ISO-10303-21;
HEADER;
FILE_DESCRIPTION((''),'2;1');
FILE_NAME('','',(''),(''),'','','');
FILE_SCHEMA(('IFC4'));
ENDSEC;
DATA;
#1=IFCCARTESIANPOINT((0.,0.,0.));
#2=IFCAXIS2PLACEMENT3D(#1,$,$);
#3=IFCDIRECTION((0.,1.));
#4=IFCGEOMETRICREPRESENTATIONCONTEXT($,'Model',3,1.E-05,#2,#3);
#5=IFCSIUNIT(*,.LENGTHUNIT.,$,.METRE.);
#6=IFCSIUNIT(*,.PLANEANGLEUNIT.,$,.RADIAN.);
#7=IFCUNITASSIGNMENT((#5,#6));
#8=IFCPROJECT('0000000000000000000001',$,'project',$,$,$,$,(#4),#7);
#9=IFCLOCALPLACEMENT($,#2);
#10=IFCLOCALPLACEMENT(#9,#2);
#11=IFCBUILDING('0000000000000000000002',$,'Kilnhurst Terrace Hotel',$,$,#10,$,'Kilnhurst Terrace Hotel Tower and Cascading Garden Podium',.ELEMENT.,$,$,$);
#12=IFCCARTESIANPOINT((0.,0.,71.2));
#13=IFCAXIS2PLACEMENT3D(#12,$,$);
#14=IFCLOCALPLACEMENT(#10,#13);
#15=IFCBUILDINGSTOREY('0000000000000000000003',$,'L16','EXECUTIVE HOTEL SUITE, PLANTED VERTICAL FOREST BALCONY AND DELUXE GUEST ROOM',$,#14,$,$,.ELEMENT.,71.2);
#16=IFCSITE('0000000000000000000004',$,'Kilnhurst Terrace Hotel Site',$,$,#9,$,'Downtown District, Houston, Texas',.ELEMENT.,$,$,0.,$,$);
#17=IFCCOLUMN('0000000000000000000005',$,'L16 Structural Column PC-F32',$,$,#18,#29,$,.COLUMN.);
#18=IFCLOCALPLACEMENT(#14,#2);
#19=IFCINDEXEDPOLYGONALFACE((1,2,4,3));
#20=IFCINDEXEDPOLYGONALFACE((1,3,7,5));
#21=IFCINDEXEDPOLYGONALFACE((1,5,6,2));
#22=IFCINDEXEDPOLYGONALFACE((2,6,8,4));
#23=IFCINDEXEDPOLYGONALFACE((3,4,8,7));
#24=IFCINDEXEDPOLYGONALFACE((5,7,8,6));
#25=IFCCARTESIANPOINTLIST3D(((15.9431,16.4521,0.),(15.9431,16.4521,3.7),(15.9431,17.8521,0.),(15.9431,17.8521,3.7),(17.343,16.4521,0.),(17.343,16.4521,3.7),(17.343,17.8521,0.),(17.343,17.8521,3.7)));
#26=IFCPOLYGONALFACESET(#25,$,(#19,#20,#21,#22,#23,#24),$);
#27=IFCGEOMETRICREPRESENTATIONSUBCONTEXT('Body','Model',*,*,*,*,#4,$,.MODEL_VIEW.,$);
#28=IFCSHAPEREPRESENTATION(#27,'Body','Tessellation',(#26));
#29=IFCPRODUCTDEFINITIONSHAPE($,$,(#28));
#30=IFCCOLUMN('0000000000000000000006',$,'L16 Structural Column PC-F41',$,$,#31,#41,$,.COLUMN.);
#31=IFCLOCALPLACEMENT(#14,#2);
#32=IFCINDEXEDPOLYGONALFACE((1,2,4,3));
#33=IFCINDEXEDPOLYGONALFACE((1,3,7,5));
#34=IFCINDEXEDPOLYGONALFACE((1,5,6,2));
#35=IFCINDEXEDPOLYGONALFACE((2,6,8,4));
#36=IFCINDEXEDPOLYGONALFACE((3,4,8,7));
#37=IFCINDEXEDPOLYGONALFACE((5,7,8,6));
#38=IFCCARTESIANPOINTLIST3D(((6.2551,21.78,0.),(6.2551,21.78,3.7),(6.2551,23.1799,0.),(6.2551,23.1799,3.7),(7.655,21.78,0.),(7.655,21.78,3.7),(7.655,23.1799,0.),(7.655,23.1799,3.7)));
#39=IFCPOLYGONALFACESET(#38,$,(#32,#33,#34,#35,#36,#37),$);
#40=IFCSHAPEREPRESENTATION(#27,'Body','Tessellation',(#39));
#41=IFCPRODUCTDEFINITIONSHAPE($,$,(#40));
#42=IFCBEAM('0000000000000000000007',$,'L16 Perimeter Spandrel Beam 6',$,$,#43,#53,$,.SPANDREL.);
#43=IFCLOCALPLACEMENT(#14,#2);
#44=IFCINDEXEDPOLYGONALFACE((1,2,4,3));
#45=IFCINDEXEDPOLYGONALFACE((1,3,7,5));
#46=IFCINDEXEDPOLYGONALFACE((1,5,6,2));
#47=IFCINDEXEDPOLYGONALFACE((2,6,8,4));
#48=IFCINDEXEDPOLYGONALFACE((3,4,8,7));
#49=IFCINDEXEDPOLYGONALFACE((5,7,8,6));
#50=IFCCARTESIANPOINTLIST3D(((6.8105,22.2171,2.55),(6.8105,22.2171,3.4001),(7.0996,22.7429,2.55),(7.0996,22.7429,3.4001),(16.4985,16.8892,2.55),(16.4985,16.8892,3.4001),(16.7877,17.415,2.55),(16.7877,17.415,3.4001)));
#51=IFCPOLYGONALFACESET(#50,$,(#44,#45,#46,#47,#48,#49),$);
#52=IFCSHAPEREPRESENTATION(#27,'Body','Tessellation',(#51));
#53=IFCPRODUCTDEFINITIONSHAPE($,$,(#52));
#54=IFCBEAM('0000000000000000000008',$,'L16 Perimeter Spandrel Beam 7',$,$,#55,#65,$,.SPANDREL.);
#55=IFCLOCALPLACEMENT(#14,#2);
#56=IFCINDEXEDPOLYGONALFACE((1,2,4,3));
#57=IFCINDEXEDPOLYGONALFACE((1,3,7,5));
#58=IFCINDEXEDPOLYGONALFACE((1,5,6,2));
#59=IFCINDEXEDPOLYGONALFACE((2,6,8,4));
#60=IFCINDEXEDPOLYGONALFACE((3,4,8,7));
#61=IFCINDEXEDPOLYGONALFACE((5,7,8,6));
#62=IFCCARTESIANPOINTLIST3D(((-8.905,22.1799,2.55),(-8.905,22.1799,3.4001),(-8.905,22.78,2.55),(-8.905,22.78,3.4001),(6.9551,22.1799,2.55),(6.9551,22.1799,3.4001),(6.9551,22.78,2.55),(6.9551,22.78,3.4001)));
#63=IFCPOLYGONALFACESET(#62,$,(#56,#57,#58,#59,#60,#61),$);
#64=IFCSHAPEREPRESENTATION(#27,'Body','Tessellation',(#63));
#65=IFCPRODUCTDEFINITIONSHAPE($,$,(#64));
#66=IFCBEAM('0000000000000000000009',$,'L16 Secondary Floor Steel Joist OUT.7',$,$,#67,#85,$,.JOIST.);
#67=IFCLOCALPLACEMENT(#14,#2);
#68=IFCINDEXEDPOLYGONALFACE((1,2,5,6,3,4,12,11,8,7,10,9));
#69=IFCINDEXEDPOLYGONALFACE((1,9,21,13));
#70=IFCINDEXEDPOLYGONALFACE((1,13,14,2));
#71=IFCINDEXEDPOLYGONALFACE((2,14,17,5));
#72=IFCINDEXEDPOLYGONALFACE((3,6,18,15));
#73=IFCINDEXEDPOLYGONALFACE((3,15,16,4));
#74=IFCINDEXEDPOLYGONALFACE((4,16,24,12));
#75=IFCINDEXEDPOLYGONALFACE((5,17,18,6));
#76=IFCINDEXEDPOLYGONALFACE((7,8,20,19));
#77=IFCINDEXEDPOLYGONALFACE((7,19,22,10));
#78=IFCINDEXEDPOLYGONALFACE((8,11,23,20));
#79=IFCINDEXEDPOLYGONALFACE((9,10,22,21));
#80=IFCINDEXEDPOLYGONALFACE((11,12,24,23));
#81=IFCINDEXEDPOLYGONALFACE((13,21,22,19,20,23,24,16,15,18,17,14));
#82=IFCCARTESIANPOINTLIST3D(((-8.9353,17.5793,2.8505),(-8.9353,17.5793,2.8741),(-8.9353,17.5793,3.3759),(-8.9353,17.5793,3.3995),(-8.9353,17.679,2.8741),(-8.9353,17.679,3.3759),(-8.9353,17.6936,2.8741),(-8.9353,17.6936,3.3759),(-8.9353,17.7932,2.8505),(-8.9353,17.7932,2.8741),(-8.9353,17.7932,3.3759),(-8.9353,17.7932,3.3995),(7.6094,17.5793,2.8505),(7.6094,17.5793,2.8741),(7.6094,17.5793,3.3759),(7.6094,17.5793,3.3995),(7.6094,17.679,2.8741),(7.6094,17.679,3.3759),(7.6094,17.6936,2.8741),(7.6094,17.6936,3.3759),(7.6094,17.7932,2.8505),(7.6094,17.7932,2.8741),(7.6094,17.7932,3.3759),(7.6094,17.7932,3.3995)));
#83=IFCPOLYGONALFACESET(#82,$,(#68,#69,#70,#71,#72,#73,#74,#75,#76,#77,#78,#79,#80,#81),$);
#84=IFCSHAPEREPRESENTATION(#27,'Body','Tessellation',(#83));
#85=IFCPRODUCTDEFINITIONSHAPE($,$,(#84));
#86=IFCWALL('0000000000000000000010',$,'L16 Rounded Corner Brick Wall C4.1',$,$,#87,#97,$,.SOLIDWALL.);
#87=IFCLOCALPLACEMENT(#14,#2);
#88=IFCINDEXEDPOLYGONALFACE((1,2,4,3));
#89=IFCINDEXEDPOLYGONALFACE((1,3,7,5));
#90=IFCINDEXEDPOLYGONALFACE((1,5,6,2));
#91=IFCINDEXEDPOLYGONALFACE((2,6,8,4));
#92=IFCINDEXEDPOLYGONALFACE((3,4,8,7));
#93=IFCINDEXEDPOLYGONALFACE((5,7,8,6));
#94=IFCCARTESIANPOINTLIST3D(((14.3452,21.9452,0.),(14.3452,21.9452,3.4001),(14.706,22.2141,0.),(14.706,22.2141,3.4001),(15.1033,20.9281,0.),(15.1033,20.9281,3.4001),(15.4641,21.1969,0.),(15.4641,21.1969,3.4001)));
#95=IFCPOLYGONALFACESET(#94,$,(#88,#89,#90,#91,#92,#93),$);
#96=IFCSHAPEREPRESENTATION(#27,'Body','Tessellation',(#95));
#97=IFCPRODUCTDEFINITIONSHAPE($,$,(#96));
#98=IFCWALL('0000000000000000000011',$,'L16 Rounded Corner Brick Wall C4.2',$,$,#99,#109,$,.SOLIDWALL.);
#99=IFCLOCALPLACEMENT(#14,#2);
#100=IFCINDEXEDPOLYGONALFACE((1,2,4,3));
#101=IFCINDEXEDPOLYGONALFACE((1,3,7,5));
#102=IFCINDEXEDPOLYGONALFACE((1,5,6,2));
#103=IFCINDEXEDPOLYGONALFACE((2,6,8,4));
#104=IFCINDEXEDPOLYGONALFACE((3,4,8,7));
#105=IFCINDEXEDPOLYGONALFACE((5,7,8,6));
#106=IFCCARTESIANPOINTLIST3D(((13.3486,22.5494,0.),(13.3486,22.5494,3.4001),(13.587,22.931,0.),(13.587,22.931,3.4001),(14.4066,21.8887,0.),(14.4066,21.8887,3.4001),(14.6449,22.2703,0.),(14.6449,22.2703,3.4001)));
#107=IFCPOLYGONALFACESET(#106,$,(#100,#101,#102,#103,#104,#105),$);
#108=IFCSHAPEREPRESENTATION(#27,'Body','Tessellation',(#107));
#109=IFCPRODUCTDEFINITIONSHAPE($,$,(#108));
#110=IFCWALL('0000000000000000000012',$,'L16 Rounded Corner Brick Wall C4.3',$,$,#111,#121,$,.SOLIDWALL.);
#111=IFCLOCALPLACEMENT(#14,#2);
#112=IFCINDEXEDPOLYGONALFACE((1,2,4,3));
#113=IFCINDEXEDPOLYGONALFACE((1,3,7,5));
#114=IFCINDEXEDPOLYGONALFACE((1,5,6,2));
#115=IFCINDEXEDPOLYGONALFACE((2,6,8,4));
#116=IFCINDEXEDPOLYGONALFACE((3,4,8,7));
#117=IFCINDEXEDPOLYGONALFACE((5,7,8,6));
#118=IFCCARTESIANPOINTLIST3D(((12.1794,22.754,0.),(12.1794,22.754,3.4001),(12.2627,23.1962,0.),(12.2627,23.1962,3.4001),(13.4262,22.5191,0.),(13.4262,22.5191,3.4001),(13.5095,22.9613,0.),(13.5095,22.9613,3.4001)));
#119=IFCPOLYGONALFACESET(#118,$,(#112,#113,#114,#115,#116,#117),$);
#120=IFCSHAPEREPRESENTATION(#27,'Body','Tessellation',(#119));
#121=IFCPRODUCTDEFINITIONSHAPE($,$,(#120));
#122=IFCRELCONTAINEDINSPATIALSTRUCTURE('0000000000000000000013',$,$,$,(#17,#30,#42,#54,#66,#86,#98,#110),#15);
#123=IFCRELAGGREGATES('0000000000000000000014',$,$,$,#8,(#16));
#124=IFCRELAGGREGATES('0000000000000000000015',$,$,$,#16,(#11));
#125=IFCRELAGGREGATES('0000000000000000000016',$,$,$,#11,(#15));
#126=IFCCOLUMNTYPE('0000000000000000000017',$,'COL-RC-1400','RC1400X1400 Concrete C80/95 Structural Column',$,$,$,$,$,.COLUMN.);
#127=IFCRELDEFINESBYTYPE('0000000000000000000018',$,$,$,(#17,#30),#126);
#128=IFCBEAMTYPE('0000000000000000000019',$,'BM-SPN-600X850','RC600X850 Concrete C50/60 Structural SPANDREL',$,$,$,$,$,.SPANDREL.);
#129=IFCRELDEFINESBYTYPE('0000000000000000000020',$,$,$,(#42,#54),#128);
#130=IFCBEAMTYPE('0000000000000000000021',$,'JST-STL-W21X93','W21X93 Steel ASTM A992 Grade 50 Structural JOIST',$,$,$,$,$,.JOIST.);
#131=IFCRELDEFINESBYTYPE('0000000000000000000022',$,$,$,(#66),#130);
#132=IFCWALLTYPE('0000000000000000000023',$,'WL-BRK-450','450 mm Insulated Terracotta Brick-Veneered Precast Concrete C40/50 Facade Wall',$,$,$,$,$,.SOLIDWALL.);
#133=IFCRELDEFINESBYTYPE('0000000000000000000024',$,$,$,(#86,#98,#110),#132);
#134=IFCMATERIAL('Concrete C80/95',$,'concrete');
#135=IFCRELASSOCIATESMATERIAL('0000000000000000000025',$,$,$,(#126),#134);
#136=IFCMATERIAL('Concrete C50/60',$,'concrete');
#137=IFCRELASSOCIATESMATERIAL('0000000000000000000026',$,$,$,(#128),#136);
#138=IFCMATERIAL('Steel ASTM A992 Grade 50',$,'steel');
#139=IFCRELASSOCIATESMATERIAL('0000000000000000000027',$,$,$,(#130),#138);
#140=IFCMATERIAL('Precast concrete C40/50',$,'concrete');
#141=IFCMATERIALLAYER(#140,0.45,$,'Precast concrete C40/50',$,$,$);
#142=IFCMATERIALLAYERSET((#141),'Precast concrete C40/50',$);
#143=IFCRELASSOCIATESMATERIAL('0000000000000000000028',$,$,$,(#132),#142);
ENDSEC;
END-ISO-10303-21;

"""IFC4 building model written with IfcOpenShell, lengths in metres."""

from ifc_helpers import new_model, si_unit, direction, frame, frame_2d, origin, origin_2d, place, context, subcontext, project, spatial, rectangle, i_section, extrude, material, layer, layer_set, material_profile, profile_set, type_object, element, save


model = new_model("IFC4")

# Units and contexts
model_context = context("Model", 3, precision=1e-05, world=origin(), true_north=direction((0.0, 1.0)))
body_context = subcontext(model_context, "Body", "Model", "MODEL_VIEW")
ifc_project = project(units=[si_unit("LENGTHUNIT", "METRE"), si_unit("PLANEANGLEUNIT", "RADIAN")], contexts=[model_context])

# Site, building, storey
site_placement = place(None, origin())
site = spatial("IfcSite", under=ifc_project, at=site_placement, Name="Kilnhurst Terrace Hotel Site", LongName="Downtown District, Houston, Texas", CompositionType="ELEMENT", RefElevation=0.0)
building_placement = place(site_placement, origin())
building = spatial("IfcBuilding", under=site, at=building_placement, Name="Kilnhurst Terrace Hotel", LongName="Kilnhurst Terrace Hotel Tower and Cascading Garden Podium", CompositionType="ELEMENT")
storey_placement = place(building_placement, frame((0.0, 0.0, 71.2)))
storey = spatial("IfcBuildingStorey", under=building, at=storey_placement, Name="L16", Description="EXECUTIVE HOTEL SUITE, PLANTED VERTICAL FOREST BALCONY AND DELUXE GUEST ROOM", CompositionType="ELEMENT", Elevation=71.2)

# Columns
ifc_material_1 = material(Name="Concrete C80/95", Category="concrete")
ifc_material_profile_1 = material_profile(ifc_material_1, rectangle(XDim=1.3999, YDim=1.3999, at=origin_2d()), Name="RC1400X1400")
ifc_profile_set_1 = profile_set([ifc_material_profile_1], Name="Concrete C80/95")
column_type = type_object("IfcColumnType", Name="COL-RC-1400", Description="RC1400X1400 Concrete C80/95 Structural Column", PredefinedType="COLUMN", material=ifc_profile_set_1)
for number, where, z_axis, x_axis, name in (
    (1, (16.6431, 17.1521, 0.0), (0.0, 0.0, 1.0), (1.0, 0.0, 0.0), "L16 Structural Column PC-F32"),
    (2, (6.9551, 22.48, 0.0), (0.0, 0.0, 1.0), (1.0, 0.0, 0.0), "L16 Structural Column PC-F41"),
):
    element("IfcColumn", number, at=place(storey_placement, frame(where, z_axis=z_axis, x_axis=x_axis)), inside=storey, type_object=column_type, Name=name, PredefinedType="COLUMN", context=body_context, shape_type="SweptSolid", body=[
        extrude(rectangle(XDim=1.3999, YDim=1.3999, at=origin_2d()), origin(), (0.0, 0.0, 1.0), 3.7),
    ])

# Beams
ifc_material_2 = material(Name="Concrete C50/60", Category="concrete")
ifc_material_profile_2 = material_profile(ifc_material_2, rectangle(XDim=0.6001, YDim=0.8501, at=origin_2d()), Name="RC600X850")
ifc_profile_set_2 = profile_set([ifc_material_profile_2], Name="Concrete C50/60")
beam_type_1 = type_object("IfcBeamType", Name="BM-SPN-600X850", Description="RC600X850 Concrete C50/60 Structural SPANDREL", PredefinedType="SPANDREL", material=ifc_profile_set_2)
beam_1_placement = place(storey_placement, frame((16.6431, 17.1521, 2.9751), z_axis=(-0.876235, 0.481883, 0.0), x_axis=(-0.481883, -0.876235, 0.0)))
element("IfcBeam", 3, at=beam_1_placement, inside=storey, type_object=beam_type_1, Name="L16 Perimeter Spandrel Beam 6", PredefinedType="SPANDREL", context=body_context, shape_type="SweptSolid", body=[
    extrude(rectangle(XDim=0.6001, YDim=0.8501, at=origin_2d()), origin(), (0.0, 0.0, 1.0), 11.0564),
])
beam_2_placement = place(storey_placement, frame((6.9551, 22.48, 2.9751), z_axis=(-1.0, 0.0, 0.0), x_axis=(0.0, -1.0, 0.0)))
element("IfcBeam", 4, at=beam_2_placement, inside=storey, type_object=beam_type_1, Name="L16 Perimeter Spandrel Beam 7", PredefinedType="SPANDREL", context=body_context, shape_type="SweptSolid", body=[
    extrude(rectangle(XDim=0.6001, YDim=0.8501, at=origin_2d()), origin(), (0.0, 0.0, 1.0), 15.8601),
])
ifc_material_3 = material(Name="Steel ASTM A992 Grade 50", Category="steel")
ifc_material_profile_3 = material_profile(ifc_material_3, i_section(OverallWidth=0.2139, OverallDepth=0.5491, WebThickness=0.0146, FlangeThickness=0.0237, at=origin_2d()), Name="W21X93")
ifc_profile_set_3 = profile_set([ifc_material_profile_3], Name="Steel ASTM A992 Grade 50")
beam_type_2 = type_object("IfcBeamType", Name="JST-STL-W21X93", Description="W21X93 Steel ASTM A992 Grade 50 Structural JOIST", PredefinedType="JOIST", material=ifc_profile_set_3)
beam_3_placement = place(storey_placement, frame((7.6094, 17.6863, 3.125), z_axis=(-1.0, 0.0, 0.0), x_axis=(0.0, -1.0, 0.0)))
element("IfcBeam", 5, at=beam_3_placement, inside=storey, type_object=beam_type_2, Name="L16 Secondary Floor Steel Joist OUT.7", PredefinedType="JOIST", context=body_context, shape_type="SweptSolid", body=[
    extrude(i_section(OverallWidth=0.2139, OverallDepth=0.5491, WebThickness=0.0146, FlangeThickness=0.0237, at=origin_2d()), origin(), (0.0, 0.0, 1.0), 16.5447),
])

# Walls
ifc_material_4 = material(Name="Precast concrete C40/50", Category="concrete")
ifc_layer_1 = layer(ifc_material_4, 0.45, Name="Precast concrete C40/50")
ifc_layer_set_1 = layer_set([ifc_layer_1], Name="Precast concrete C40/50")
wall_type_1 = type_object("IfcWallType", Name="WL-BRK-450", Description="450 mm Insulated Terracotta Brick-Veneered Precast Concrete C40/50 Facade Wall", PredefinedType="SOLIDWALL", material=ifc_layer_set_1)
wall_1_placement = place(storey_placement, frame((15.2837, 21.0625, 0.0), z_axis=(0.0, 0.0, 1.0), x_axis=(-0.597595, 0.801798, 0.0)))
element("IfcWall", 6, at=wall_1_placement, inside=storey, type_object=wall_type_1, Name="L16 Rounded Corner Brick Wall C4.1", PredefinedType="SOLIDWALL", context=body_context, shape_type="SweptSolid", body=[
    extrude(rectangle(XDim=1.2686, YDim=0.45, at=frame_2d((0.6343, 0.0))), origin(), (0.0, 0.0, 1.0), 3.4001),
])
wall_2_placement = place(storey_placement, frame((14.5256, 22.0796, 0.0), z_axis=(0.0, 0.0, 1.0), x_axis=(-0.848185, 0.5297, 0.0)))
element("IfcWall", 7, at=wall_2_placement, inside=storey, type_object=wall_type_1, Name="L16 Rounded Corner Brick Wall C4.2", PredefinedType="SOLIDWALL", context=body_context, shape_type="SweptSolid", body=[
    extrude(rectangle(XDim=1.2473, YDim=0.45, at=frame_2d((0.6235, 0.0))), origin(), (0.0, 0.0, 1.0), 3.4001),
])
wall_3_placement = place(storey_placement, frame((13.4678, 22.7402, 0.0), z_axis=(0.0, 0.0, 1.0), x_axis=(-0.982717, 0.185113, 0.0)))
element("IfcWall", 8, at=wall_3_placement, inside=storey, type_object=wall_type_1, Name="L16 Rounded Corner Brick Wall C4.3", PredefinedType="SOLIDWALL", context=body_context, shape_type="SweptSolid", body=[
    extrude(rectangle(XDim=1.2688, YDim=0.45, at=frame_2d((0.6343, 0.0))), origin(), (0.0, 0.0, 1.0), 3.4001),
])

save(model, "model.ifc")
